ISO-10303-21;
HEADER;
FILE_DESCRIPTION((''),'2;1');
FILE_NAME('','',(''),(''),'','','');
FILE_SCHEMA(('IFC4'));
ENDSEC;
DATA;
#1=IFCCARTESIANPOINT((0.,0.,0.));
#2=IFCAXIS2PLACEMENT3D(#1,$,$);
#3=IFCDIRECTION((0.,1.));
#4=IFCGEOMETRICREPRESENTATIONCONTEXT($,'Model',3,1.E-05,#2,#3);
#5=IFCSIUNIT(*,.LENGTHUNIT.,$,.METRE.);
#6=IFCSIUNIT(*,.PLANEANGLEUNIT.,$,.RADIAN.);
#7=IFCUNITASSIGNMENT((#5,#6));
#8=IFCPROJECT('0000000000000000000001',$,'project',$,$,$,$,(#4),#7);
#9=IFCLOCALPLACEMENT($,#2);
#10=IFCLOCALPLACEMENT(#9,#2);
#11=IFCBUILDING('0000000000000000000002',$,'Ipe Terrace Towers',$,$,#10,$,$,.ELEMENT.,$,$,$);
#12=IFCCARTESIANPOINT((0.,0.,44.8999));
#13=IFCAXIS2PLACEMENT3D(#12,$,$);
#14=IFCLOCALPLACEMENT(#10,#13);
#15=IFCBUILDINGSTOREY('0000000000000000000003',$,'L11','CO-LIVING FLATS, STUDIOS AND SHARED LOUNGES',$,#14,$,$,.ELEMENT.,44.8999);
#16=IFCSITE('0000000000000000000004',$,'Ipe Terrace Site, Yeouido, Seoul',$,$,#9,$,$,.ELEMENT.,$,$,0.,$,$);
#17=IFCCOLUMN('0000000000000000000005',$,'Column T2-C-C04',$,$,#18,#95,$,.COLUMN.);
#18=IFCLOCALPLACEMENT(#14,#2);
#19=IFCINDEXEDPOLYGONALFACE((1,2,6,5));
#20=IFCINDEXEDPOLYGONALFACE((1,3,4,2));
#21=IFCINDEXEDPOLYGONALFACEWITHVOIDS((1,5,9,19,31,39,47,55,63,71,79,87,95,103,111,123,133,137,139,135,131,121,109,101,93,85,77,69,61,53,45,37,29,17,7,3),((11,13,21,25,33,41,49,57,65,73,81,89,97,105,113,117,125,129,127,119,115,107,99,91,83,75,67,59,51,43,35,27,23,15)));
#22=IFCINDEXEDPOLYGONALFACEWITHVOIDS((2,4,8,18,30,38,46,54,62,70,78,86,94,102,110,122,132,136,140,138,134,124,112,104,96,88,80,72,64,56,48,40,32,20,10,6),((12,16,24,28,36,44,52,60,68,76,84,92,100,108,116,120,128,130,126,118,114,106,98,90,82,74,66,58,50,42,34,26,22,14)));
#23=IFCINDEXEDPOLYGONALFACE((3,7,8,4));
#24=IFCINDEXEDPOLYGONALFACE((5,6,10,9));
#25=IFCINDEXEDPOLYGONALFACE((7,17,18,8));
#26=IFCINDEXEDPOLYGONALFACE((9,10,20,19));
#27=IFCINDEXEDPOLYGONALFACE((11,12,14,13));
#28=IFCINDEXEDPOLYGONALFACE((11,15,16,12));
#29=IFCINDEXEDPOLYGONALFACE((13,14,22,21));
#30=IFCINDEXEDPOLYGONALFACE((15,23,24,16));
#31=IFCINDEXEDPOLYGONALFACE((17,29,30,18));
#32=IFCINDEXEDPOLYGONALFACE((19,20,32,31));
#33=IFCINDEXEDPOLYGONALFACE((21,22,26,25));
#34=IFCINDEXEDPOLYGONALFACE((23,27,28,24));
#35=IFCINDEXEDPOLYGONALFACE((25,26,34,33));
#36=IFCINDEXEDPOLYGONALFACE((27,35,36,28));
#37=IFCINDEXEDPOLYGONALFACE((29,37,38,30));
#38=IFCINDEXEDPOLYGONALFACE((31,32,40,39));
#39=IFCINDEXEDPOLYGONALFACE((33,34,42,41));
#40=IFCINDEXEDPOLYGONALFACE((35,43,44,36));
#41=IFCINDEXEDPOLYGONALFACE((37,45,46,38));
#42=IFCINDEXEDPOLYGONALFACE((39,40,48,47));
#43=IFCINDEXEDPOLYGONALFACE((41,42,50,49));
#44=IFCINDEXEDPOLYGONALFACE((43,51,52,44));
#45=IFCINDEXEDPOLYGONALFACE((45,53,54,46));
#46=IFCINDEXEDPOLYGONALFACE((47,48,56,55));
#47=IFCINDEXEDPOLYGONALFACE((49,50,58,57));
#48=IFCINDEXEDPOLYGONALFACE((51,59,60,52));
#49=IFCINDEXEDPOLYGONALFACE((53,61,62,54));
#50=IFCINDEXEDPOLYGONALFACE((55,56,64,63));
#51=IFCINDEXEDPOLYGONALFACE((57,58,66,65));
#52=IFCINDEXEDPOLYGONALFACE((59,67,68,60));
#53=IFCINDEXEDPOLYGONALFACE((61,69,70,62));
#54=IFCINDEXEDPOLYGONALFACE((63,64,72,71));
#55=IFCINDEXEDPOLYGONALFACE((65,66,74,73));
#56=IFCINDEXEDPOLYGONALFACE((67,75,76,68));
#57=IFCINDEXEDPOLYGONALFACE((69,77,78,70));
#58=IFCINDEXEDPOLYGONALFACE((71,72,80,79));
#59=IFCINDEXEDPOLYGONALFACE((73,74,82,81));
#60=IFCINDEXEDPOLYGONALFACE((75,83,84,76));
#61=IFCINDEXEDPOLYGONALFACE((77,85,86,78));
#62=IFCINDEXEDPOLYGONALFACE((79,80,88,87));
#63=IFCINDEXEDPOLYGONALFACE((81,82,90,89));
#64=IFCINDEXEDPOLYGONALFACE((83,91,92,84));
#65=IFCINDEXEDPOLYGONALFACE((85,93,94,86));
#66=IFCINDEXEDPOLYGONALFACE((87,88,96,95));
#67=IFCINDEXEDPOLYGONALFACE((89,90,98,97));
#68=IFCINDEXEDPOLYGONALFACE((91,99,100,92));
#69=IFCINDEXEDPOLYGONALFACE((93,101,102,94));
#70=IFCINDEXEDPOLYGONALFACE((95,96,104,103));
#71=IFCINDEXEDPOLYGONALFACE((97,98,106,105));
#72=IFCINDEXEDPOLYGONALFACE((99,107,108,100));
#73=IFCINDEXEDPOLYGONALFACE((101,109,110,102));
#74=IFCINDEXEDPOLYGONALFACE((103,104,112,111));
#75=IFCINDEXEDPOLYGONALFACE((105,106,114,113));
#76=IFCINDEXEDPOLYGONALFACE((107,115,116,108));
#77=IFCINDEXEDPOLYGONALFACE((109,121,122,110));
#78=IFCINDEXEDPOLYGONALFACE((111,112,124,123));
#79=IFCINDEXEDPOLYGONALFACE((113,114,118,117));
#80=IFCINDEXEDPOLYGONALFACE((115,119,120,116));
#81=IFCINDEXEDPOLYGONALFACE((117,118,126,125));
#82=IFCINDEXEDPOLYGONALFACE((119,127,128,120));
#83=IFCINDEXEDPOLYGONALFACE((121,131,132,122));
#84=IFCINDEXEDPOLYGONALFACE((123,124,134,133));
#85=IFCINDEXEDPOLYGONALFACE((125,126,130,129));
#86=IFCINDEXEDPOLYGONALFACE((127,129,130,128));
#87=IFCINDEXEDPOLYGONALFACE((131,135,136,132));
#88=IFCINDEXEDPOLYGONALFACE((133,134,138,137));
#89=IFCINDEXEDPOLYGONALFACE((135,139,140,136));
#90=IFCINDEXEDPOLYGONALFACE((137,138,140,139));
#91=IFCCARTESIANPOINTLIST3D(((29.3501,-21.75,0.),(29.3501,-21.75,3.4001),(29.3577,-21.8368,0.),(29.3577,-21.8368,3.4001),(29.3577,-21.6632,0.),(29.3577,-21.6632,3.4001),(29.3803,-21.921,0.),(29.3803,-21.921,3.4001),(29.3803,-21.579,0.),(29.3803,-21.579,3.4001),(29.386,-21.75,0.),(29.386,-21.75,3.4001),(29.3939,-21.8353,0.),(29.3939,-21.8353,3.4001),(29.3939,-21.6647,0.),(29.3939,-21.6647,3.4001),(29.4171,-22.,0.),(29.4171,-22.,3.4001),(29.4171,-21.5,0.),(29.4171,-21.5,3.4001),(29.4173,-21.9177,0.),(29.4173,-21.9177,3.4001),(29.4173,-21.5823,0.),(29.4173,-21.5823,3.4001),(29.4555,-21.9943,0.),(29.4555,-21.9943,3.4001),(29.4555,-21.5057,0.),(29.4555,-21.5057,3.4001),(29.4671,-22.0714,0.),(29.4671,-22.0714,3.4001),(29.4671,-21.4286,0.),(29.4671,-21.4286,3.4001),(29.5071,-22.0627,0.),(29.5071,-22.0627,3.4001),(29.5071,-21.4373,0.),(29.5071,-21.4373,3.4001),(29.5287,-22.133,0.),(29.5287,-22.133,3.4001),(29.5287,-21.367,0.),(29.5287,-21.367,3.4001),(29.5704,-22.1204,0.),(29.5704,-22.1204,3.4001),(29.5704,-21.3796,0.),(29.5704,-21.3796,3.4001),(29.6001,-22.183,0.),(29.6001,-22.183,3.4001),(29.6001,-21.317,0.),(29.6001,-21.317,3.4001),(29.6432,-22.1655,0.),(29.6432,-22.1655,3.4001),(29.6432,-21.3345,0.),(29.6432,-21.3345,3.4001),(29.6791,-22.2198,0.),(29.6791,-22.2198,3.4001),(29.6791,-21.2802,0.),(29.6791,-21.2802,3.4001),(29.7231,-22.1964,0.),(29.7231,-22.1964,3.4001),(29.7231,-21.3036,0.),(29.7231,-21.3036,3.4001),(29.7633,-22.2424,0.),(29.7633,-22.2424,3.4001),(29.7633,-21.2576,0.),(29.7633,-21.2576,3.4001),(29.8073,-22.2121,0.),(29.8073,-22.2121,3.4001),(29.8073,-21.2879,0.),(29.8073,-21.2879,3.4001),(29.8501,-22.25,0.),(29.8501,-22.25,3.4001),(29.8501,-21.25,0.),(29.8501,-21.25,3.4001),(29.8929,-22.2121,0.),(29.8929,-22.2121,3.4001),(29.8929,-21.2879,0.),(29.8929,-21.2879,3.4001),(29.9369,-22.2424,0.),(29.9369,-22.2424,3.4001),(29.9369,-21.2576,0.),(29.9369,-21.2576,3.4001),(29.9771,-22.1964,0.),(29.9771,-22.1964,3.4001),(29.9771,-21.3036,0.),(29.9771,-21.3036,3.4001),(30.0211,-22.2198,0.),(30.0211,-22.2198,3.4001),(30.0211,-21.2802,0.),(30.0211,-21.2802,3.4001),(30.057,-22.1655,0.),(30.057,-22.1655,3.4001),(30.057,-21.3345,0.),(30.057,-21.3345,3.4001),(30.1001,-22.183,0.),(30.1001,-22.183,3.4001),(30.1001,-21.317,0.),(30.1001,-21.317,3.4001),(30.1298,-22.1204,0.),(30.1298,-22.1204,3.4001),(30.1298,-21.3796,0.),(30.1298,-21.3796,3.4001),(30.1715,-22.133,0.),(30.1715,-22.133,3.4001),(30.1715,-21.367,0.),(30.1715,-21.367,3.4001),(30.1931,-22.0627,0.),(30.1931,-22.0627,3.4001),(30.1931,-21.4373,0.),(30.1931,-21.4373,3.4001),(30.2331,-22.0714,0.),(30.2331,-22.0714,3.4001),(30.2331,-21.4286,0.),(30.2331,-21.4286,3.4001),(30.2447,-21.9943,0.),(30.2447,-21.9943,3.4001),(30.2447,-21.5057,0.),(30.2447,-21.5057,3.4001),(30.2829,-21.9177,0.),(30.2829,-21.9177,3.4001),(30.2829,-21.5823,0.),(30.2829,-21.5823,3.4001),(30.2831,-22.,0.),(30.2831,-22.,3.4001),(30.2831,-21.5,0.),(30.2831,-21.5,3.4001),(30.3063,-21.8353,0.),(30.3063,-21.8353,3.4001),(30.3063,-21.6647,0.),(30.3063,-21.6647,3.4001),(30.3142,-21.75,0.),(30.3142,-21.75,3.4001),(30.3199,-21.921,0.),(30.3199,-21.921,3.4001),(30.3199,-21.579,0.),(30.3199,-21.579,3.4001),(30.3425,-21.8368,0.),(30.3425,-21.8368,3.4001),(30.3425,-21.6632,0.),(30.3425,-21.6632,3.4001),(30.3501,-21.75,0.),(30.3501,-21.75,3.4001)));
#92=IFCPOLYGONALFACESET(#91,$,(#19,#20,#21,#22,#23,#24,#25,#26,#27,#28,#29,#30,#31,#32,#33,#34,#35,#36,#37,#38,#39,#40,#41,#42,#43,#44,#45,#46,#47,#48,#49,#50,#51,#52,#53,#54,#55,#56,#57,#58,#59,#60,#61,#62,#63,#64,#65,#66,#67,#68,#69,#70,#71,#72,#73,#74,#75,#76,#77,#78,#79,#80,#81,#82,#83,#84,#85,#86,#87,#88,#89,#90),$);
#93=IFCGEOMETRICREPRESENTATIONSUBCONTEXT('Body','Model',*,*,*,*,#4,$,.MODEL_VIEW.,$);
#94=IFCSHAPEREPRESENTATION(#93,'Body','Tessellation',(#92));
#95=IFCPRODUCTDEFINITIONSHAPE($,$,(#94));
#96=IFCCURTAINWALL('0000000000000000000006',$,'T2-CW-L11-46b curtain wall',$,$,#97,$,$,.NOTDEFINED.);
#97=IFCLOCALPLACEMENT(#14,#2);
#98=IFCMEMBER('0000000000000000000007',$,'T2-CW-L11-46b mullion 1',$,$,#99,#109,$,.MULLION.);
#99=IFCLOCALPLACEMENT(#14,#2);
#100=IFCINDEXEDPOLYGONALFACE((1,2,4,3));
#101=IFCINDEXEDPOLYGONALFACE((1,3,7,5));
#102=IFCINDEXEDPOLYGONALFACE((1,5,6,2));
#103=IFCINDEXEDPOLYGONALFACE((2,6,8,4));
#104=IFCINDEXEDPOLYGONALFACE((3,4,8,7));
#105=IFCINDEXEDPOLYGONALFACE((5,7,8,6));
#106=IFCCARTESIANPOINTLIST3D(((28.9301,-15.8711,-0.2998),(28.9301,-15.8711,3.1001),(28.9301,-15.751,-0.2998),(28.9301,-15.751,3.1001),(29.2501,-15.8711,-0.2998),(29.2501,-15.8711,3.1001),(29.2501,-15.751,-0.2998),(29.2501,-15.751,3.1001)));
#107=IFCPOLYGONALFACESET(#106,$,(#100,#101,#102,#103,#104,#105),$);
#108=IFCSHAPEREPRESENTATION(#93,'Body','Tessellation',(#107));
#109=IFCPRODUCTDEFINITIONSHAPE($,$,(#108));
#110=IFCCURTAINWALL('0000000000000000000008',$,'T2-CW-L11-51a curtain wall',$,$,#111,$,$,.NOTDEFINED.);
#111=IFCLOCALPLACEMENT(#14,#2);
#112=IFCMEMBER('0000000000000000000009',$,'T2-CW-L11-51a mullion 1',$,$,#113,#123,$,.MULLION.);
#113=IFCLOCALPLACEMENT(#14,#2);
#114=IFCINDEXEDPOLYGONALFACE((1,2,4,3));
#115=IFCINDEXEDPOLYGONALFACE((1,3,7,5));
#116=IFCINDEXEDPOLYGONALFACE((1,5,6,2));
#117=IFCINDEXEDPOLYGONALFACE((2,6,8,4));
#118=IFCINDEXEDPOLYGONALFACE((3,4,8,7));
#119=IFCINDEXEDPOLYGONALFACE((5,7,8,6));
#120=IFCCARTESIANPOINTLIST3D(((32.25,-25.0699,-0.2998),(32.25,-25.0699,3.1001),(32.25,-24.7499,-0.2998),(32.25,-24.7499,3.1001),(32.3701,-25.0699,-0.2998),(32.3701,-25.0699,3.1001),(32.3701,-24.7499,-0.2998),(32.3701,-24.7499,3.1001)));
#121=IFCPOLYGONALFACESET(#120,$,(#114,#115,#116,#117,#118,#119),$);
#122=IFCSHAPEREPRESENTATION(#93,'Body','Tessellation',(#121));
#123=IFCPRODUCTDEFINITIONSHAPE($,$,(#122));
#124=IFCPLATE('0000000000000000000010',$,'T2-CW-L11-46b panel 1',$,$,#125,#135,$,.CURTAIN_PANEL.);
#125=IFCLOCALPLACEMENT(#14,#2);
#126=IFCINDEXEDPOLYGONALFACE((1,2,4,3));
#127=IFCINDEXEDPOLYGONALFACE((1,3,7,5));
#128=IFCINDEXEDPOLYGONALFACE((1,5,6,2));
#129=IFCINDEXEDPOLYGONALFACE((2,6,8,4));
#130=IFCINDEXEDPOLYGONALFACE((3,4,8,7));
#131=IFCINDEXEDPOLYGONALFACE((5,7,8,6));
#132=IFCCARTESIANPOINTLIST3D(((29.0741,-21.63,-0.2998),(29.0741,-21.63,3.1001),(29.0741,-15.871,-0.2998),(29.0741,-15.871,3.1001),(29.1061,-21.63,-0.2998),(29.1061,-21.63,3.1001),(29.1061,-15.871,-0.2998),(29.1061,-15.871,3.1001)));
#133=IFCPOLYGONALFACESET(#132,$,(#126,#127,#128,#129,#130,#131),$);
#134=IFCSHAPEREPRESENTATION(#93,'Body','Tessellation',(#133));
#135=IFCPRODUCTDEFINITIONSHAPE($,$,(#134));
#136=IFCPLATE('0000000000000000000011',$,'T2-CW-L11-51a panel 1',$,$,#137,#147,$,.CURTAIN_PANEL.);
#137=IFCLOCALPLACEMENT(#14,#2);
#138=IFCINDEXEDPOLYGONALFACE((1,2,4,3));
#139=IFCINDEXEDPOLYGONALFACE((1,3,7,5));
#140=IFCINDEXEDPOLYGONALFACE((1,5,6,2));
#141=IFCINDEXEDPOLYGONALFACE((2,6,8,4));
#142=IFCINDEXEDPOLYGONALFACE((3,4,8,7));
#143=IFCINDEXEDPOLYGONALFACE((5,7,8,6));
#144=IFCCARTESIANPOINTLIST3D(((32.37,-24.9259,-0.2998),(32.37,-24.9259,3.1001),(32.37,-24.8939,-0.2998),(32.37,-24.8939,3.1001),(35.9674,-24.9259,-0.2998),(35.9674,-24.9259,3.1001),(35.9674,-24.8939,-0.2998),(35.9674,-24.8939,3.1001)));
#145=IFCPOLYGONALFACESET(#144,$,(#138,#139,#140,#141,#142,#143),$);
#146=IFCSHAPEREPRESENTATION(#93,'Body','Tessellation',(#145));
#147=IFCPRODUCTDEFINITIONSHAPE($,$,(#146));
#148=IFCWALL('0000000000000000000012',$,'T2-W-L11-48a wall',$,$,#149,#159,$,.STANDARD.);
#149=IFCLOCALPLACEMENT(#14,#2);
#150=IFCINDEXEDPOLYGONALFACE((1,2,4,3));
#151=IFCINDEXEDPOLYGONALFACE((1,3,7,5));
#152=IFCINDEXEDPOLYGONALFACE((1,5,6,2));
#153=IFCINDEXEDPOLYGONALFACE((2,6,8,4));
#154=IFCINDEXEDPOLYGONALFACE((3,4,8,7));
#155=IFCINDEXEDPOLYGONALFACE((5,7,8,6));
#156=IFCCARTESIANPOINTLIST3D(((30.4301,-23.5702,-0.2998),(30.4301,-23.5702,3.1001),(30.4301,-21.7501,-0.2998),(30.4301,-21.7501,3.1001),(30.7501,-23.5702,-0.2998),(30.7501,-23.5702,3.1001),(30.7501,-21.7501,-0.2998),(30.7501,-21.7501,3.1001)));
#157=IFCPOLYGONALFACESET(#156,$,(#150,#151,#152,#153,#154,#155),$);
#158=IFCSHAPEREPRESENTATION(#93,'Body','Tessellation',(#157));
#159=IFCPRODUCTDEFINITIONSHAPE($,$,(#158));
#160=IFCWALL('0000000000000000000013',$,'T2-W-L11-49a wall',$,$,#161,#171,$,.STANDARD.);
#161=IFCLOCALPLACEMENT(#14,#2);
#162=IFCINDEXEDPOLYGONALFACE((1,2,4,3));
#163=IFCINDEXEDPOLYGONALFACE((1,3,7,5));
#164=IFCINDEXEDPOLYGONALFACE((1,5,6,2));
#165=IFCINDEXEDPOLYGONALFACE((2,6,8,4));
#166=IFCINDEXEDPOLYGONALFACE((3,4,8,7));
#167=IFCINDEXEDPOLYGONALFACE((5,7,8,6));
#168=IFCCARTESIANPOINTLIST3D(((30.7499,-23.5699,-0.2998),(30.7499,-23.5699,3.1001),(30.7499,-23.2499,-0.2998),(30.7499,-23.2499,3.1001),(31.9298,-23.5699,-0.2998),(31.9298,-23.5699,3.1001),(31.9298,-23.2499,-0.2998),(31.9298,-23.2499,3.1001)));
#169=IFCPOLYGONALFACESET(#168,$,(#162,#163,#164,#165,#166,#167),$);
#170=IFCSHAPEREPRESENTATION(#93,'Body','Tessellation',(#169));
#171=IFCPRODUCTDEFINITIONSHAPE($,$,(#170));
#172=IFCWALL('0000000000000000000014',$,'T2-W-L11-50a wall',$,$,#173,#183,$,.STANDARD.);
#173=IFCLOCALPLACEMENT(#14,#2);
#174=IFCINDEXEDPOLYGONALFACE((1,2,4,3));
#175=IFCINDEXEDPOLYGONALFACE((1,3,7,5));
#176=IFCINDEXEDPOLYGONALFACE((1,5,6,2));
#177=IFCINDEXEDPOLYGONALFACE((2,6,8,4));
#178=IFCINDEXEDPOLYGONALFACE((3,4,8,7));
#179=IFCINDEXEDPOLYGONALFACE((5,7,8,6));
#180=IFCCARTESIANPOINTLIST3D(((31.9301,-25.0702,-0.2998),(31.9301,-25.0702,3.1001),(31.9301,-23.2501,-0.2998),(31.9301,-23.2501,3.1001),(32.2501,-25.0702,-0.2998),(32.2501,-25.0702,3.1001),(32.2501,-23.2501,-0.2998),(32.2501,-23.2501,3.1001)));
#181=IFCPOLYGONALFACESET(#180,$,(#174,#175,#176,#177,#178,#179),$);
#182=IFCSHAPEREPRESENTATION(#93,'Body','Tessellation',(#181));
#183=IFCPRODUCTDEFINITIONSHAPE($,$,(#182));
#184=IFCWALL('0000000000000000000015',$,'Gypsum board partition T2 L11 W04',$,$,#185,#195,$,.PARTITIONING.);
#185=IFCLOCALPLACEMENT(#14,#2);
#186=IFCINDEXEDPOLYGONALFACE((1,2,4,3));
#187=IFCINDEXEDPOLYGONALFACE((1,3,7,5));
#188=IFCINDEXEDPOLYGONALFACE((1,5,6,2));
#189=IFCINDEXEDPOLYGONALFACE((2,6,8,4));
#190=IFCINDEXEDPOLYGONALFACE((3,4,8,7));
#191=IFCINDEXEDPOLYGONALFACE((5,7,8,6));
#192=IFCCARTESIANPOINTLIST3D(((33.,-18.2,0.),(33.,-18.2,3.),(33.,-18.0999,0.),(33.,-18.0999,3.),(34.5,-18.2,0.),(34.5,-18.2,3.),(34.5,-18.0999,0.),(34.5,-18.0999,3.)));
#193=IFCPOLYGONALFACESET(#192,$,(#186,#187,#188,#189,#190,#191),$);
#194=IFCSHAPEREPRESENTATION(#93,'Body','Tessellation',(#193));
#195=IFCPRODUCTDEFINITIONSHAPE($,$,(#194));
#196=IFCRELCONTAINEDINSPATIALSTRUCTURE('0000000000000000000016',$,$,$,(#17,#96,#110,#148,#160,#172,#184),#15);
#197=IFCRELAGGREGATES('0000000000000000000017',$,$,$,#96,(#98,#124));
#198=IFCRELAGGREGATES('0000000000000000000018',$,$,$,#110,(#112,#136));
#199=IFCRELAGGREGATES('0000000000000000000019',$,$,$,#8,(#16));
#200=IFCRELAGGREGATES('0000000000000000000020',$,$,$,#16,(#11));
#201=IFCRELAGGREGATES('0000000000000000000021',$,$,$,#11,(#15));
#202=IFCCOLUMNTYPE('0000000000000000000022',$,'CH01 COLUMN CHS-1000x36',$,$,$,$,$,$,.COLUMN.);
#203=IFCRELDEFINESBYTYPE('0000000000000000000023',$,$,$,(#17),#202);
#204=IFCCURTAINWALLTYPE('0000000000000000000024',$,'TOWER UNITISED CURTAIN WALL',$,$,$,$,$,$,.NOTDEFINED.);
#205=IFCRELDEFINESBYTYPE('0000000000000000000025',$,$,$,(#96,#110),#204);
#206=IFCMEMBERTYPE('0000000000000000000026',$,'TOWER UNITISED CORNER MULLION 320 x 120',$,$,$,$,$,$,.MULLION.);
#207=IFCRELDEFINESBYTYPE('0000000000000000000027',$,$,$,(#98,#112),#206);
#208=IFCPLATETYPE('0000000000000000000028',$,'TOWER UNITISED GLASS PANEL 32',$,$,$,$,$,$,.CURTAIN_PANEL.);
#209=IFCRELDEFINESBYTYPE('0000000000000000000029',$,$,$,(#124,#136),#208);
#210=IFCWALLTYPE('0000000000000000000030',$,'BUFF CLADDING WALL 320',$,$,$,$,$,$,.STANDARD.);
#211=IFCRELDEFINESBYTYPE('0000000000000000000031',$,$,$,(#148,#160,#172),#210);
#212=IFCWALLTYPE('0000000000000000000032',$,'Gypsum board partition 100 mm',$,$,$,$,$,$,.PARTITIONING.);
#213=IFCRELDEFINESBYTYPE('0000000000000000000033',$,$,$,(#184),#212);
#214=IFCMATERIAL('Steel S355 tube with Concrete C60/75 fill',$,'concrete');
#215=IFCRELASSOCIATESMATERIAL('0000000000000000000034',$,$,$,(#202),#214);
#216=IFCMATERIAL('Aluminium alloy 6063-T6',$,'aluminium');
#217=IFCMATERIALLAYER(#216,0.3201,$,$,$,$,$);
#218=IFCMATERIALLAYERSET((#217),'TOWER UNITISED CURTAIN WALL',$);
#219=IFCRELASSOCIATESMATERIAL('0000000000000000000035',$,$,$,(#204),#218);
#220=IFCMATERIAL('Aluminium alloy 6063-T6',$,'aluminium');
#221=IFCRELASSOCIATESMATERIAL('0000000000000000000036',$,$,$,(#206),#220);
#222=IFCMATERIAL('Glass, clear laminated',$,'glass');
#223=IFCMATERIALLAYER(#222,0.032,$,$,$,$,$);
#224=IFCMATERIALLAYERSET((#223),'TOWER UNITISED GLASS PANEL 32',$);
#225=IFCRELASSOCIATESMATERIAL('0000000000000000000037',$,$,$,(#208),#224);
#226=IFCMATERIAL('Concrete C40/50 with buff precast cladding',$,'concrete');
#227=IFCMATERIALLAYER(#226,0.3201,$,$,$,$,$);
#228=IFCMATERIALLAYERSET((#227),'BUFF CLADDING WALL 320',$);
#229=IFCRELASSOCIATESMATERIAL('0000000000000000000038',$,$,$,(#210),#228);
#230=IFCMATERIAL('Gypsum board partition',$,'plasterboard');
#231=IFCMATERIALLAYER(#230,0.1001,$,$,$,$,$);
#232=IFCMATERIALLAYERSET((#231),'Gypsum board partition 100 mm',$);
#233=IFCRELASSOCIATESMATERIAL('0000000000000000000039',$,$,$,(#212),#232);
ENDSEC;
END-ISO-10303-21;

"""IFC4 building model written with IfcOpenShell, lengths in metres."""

from ifc_helpers import new_model, si_unit, direction, frame, frame_2d, origin, origin_2d, place, context, subcontext, project, spatial, rectangle, hollow_circle, extrude, material, layer, layer_set, material_profile, profile_set, type_object, element, aggregate, save


model = new_model("IFC4")

# Units and contexts
model_context = context("Model", 3, precision=1e-05, world=origin(), true_north=direction((0.0, 1.0)))
body_context = subcontext(model_context, "Body", "Model", "MODEL_VIEW")
ifc_project = project(units=[si_unit("LENGTHUNIT", "METRE"), si_unit("PLANEANGLEUNIT", "RADIAN")], contexts=[model_context])

# Site, building, storey
site_placement = place(None, origin())
site = spatial("IfcSite", under=ifc_project, at=site_placement, Name="Ipe Terrace Site, Yeouido, Seoul", CompositionType="ELEMENT", RefElevation=0.0)
building_placement = place(site_placement, origin())
building = spatial("IfcBuilding", under=site, at=building_placement, Name="Ipe Terrace Towers", CompositionType="ELEMENT")
storey_placement = place(building_placement, frame((0.0, 0.0, 44.8999)))
storey = spatial("IfcBuildingStorey", under=building, at=storey_placement, Name="L11", Description="CO-LIVING FLATS, STUDIOS AND SHARED LOUNGES", CompositionType="ELEMENT", Elevation=44.8999)

# Column
ifc_material_1 = material(Name="Steel S355 tube with Concrete C60/75 fill", Category="concrete")
ifc_material_profile_1 = material_profile(ifc_material_1, hollow_circle(Radius=0.5, WallThickness=0.0359, at=origin_2d()), Name="CHS-1000x36")
ifc_profile_set_1 = profile_set([ifc_material_profile_1], Name="Steel S355 tube with Concrete C60/75 fill")
column_type = type_object("IfcColumnType", Name="CH01 COLUMN CHS-1000x36", PredefinedType="COLUMN", material=ifc_profile_set_1)
column_placement = place(storey_placement, frame((29.8501, -21.75, 0.0), z_axis=(0.0, 0.0, 1.0), x_axis=(1.0, 0.0, 0.0)))
element("IfcColumn", 1, at=column_placement, inside=storey, type_object=column_type, Name="Column T2-C-C04", PredefinedType="COLUMN", context=body_context, shape_type="SweptSolid", body=[
    extrude(hollow_circle(Radius=0.5, WallThickness=0.0359, at=origin_2d()), origin(), (0.0, 0.0, 1.0), 3.4001),
])

# Curtain walls, members
ifc_material_2 = material(Name="Aluminium alloy 6063-T6", Category="aluminium")
ifc_layer_1 = layer(ifc_material_2, 0.3201)
ifc_layer_set_1 = layer_set([ifc_layer_1], Name="TOWER UNITISED CURTAIN WALL")
curtain_wall_type = type_object("IfcCurtainWallType", Name="TOWER UNITISED CURTAIN WALL", PredefinedType="NOTDEFINED", material=ifc_layer_set_1)
curtain_wall_1_placement = place(storey_placement, origin())
curtain_wall_1 = element("IfcCurtainWall", 2, at=curtain_wall_1_placement, inside=storey, type_object=curtain_wall_type, Name="T2-CW-L11-46b curtain wall", PredefinedType="NOTDEFINED")
ifc_material_3 = material(Name="Aluminium alloy 6063-T6", Category="aluminium")
ifc_material_profile_2 = material_profile(ifc_material_3, rectangle(XDim=0.3201, YDim=0.1201, at=origin_2d()), Name="TOWER UNITISED CORNER MULLION 320 x 120")
ifc_profile_set_2 = profile_set([ifc_material_profile_2], Name="Aluminium alloy 6063-T6")
member_type = type_object("IfcMemberType", Name="TOWER UNITISED CORNER MULLION 320 x 120", PredefinedType="MULLION", material=ifc_profile_set_2)
member_1_placement = place(storey_placement, frame((29.0901, -15.811, -0.2998), z_axis=(0.0, 0.0, 1.0), x_axis=(-1.0, 0.0, 0.0)))
member_1 = element("IfcMember", 3, at=member_1_placement, type_object=member_type, Name="T2-CW-L11-46b mullion 1", PredefinedType="MULLION", context=body_context, shape_type="SweptSolid", body=[
    extrude(rectangle(XDim=0.3201, YDim=0.1201, at=origin_2d()), origin(), (0.0, 0.0, 1.0), 3.3999),
])
curtain_wall_2_placement = place(storey_placement, origin())
curtain_wall_2 = element("IfcCurtainWall", 4, at=curtain_wall_2_placement, inside=storey, type_object=curtain_wall_type, Name="T2-CW-L11-51a curtain wall", PredefinedType="NOTDEFINED")
member_2_placement = place(storey_placement, frame((32.3101, -24.9099, -0.2998), z_axis=(0.0, 0.0, 1.0), x_axis=(0.0, -1.0, 0.0)))
member_2 = element("IfcMember", 5, at=member_2_placement, type_object=member_type, Name="T2-CW-L11-51a mullion 1", PredefinedType="MULLION", context=body_context, shape_type="SweptSolid", body=[
    extrude(rectangle(XDim=0.3201, YDim=0.1201, at=origin_2d()), origin(), (0.0, 0.0, 1.0), 3.3999),
])

# Plates
ifc_material_4 = material(Name="Glass, clear laminated", Category="glass")
ifc_layer_2 = layer(ifc_material_4, 0.032)
ifc_layer_set_2 = layer_set([ifc_layer_2], Name="TOWER UNITISED GLASS PANEL 32")
plate_type = type_object("IfcPlateType", Name="TOWER UNITISED GLASS PANEL 32", PredefinedType="CURTAIN_PANEL", material=ifc_layer_set_2)
plate_1_placement = place(storey_placement, frame((29.0901, -18.7505, -0.2998), z_axis=(0.0, 0.0, 1.0), x_axis=(0.0, -1.0, 0.0)))
plate_1 = element("IfcPlate", 6, at=plate_1_placement, type_object=plate_type, Name="T2-CW-L11-46b panel 1", PredefinedType="CURTAIN_PANEL", context=body_context, shape_type="SweptSolid", body=[
    extrude(rectangle(XDim=5.759, YDim=0.032, at=origin_2d()), origin(), (0.0, 0.0, 1.0), 3.3999),
])
aggregate(curtain_wall_1, [member_1, plate_1])
plate_2_placement = place(storey_placement, frame((34.1687, -24.9099, -0.2998), z_axis=(0.0, 0.0, 1.0), x_axis=(1.0, 0.0, 0.0)))
plate_2 = element("IfcPlate", 7, at=plate_2_placement, type_object=plate_type, Name="T2-CW-L11-51a panel 1", PredefinedType="CURTAIN_PANEL", context=body_context, shape_type="SweptSolid", body=[
    extrude(rectangle(XDim=3.5974, YDim=0.032, at=origin_2d()), origin(), (0.0, 0.0, 1.0), 3.3999),
])
aggregate(curtain_wall_2, [member_2, plate_2])

# Walls
ifc_material_5 = material(Name="Concrete C40/50 with buff precast cladding", Category="concrete")
ifc_layer_3 = layer(ifc_material_5, 0.3201)
ifc_layer_set_3 = layer_set([ifc_layer_3], Name="BUFF CLADDING WALL 320")
wall_type_1 = type_object("IfcWallType", Name="BUFF CLADDING WALL 320", PredefinedType="STANDARD", material=ifc_layer_set_3)
wall_1_placement = place(storey_placement, frame((30.5901, -21.75, -0.2998), z_axis=(0.0, 0.0, 1.0), x_axis=(0.0, -1.0, 0.0)))
element("IfcWall", 8, at=wall_1_placement, inside=storey, type_object=wall_type_1, Name="T2-W-L11-48a wall", PredefinedType="STANDARD", context=body_context, shape_type="SweptSolid", body=[
    extrude(rectangle(XDim=1.8201, YDim=0.3201, at=frame_2d((0.9102, 0.0))), origin(), (0.0, 0.0, 1.0), 3.3999),
])
wall_2_placement = place(storey_placement, frame((30.75, -23.4099, -0.2998), z_axis=(0.0, 0.0, 1.0), x_axis=(1.0, 0.0, 0.0)))
element("IfcWall", 9, at=wall_2_placement, inside=storey, type_object=wall_type_1, Name="T2-W-L11-49a wall", PredefinedType="STANDARD", context=body_context, shape_type="SweptSolid", body=[
    extrude(rectangle(XDim=1.1799, YDim=0.3201, at=frame_2d((0.5898, 0.0))), origin(), (0.0, 0.0, 1.0), 3.3999),
])
wall_3_placement = place(storey_placement, frame((32.0901, -23.25, -0.2998), z_axis=(0.0, 0.0, 1.0), x_axis=(0.0, -1.0, 0.0)))
element("IfcWall", 10, at=wall_3_placement, inside=storey, type_object=wall_type_1, Name="T2-W-L11-50a wall", PredefinedType="STANDARD", context=body_context, shape_type="SweptSolid", body=[
    extrude(rectangle(XDim=1.8201, YDim=0.3201, at=frame_2d((0.9102, 0.0))), origin(), (0.0, 0.0, 1.0), 3.3999),
])
ifc_material_6 = material(Name="Gypsum board partition", Category="plasterboard")
ifc_layer_4 = layer(ifc_material_6, 0.1001)
ifc_layer_set_4 = layer_set([ifc_layer_4], Name="Gypsum board partition 100 mm")
wall_type_2 = type_object("IfcWallType", Name="Gypsum board partition 100 mm", PredefinedType="PARTITIONING", material=ifc_layer_set_4)
wall_4_placement = place(storey_placement, frame((34.5, -18.1499, 0.0), z_axis=(0.0, 0.0, 1.0), x_axis=(-1.0, 0.0, 0.0)))
element("IfcWall", 11, at=wall_4_placement, inside=storey, type_object=wall_type_2, Name="Gypsum board partition T2 L11 W04", PredefinedType="PARTITIONING", context=body_context, shape_type="SweptSolid", body=[
    extrude(rectangle(XDim=1.5, YDim=0.1001, at=frame_2d((0.75, 0.0))), origin(), (0.0, 0.0, 1.0), 3.0),
])

save(model, "model.ifc")
